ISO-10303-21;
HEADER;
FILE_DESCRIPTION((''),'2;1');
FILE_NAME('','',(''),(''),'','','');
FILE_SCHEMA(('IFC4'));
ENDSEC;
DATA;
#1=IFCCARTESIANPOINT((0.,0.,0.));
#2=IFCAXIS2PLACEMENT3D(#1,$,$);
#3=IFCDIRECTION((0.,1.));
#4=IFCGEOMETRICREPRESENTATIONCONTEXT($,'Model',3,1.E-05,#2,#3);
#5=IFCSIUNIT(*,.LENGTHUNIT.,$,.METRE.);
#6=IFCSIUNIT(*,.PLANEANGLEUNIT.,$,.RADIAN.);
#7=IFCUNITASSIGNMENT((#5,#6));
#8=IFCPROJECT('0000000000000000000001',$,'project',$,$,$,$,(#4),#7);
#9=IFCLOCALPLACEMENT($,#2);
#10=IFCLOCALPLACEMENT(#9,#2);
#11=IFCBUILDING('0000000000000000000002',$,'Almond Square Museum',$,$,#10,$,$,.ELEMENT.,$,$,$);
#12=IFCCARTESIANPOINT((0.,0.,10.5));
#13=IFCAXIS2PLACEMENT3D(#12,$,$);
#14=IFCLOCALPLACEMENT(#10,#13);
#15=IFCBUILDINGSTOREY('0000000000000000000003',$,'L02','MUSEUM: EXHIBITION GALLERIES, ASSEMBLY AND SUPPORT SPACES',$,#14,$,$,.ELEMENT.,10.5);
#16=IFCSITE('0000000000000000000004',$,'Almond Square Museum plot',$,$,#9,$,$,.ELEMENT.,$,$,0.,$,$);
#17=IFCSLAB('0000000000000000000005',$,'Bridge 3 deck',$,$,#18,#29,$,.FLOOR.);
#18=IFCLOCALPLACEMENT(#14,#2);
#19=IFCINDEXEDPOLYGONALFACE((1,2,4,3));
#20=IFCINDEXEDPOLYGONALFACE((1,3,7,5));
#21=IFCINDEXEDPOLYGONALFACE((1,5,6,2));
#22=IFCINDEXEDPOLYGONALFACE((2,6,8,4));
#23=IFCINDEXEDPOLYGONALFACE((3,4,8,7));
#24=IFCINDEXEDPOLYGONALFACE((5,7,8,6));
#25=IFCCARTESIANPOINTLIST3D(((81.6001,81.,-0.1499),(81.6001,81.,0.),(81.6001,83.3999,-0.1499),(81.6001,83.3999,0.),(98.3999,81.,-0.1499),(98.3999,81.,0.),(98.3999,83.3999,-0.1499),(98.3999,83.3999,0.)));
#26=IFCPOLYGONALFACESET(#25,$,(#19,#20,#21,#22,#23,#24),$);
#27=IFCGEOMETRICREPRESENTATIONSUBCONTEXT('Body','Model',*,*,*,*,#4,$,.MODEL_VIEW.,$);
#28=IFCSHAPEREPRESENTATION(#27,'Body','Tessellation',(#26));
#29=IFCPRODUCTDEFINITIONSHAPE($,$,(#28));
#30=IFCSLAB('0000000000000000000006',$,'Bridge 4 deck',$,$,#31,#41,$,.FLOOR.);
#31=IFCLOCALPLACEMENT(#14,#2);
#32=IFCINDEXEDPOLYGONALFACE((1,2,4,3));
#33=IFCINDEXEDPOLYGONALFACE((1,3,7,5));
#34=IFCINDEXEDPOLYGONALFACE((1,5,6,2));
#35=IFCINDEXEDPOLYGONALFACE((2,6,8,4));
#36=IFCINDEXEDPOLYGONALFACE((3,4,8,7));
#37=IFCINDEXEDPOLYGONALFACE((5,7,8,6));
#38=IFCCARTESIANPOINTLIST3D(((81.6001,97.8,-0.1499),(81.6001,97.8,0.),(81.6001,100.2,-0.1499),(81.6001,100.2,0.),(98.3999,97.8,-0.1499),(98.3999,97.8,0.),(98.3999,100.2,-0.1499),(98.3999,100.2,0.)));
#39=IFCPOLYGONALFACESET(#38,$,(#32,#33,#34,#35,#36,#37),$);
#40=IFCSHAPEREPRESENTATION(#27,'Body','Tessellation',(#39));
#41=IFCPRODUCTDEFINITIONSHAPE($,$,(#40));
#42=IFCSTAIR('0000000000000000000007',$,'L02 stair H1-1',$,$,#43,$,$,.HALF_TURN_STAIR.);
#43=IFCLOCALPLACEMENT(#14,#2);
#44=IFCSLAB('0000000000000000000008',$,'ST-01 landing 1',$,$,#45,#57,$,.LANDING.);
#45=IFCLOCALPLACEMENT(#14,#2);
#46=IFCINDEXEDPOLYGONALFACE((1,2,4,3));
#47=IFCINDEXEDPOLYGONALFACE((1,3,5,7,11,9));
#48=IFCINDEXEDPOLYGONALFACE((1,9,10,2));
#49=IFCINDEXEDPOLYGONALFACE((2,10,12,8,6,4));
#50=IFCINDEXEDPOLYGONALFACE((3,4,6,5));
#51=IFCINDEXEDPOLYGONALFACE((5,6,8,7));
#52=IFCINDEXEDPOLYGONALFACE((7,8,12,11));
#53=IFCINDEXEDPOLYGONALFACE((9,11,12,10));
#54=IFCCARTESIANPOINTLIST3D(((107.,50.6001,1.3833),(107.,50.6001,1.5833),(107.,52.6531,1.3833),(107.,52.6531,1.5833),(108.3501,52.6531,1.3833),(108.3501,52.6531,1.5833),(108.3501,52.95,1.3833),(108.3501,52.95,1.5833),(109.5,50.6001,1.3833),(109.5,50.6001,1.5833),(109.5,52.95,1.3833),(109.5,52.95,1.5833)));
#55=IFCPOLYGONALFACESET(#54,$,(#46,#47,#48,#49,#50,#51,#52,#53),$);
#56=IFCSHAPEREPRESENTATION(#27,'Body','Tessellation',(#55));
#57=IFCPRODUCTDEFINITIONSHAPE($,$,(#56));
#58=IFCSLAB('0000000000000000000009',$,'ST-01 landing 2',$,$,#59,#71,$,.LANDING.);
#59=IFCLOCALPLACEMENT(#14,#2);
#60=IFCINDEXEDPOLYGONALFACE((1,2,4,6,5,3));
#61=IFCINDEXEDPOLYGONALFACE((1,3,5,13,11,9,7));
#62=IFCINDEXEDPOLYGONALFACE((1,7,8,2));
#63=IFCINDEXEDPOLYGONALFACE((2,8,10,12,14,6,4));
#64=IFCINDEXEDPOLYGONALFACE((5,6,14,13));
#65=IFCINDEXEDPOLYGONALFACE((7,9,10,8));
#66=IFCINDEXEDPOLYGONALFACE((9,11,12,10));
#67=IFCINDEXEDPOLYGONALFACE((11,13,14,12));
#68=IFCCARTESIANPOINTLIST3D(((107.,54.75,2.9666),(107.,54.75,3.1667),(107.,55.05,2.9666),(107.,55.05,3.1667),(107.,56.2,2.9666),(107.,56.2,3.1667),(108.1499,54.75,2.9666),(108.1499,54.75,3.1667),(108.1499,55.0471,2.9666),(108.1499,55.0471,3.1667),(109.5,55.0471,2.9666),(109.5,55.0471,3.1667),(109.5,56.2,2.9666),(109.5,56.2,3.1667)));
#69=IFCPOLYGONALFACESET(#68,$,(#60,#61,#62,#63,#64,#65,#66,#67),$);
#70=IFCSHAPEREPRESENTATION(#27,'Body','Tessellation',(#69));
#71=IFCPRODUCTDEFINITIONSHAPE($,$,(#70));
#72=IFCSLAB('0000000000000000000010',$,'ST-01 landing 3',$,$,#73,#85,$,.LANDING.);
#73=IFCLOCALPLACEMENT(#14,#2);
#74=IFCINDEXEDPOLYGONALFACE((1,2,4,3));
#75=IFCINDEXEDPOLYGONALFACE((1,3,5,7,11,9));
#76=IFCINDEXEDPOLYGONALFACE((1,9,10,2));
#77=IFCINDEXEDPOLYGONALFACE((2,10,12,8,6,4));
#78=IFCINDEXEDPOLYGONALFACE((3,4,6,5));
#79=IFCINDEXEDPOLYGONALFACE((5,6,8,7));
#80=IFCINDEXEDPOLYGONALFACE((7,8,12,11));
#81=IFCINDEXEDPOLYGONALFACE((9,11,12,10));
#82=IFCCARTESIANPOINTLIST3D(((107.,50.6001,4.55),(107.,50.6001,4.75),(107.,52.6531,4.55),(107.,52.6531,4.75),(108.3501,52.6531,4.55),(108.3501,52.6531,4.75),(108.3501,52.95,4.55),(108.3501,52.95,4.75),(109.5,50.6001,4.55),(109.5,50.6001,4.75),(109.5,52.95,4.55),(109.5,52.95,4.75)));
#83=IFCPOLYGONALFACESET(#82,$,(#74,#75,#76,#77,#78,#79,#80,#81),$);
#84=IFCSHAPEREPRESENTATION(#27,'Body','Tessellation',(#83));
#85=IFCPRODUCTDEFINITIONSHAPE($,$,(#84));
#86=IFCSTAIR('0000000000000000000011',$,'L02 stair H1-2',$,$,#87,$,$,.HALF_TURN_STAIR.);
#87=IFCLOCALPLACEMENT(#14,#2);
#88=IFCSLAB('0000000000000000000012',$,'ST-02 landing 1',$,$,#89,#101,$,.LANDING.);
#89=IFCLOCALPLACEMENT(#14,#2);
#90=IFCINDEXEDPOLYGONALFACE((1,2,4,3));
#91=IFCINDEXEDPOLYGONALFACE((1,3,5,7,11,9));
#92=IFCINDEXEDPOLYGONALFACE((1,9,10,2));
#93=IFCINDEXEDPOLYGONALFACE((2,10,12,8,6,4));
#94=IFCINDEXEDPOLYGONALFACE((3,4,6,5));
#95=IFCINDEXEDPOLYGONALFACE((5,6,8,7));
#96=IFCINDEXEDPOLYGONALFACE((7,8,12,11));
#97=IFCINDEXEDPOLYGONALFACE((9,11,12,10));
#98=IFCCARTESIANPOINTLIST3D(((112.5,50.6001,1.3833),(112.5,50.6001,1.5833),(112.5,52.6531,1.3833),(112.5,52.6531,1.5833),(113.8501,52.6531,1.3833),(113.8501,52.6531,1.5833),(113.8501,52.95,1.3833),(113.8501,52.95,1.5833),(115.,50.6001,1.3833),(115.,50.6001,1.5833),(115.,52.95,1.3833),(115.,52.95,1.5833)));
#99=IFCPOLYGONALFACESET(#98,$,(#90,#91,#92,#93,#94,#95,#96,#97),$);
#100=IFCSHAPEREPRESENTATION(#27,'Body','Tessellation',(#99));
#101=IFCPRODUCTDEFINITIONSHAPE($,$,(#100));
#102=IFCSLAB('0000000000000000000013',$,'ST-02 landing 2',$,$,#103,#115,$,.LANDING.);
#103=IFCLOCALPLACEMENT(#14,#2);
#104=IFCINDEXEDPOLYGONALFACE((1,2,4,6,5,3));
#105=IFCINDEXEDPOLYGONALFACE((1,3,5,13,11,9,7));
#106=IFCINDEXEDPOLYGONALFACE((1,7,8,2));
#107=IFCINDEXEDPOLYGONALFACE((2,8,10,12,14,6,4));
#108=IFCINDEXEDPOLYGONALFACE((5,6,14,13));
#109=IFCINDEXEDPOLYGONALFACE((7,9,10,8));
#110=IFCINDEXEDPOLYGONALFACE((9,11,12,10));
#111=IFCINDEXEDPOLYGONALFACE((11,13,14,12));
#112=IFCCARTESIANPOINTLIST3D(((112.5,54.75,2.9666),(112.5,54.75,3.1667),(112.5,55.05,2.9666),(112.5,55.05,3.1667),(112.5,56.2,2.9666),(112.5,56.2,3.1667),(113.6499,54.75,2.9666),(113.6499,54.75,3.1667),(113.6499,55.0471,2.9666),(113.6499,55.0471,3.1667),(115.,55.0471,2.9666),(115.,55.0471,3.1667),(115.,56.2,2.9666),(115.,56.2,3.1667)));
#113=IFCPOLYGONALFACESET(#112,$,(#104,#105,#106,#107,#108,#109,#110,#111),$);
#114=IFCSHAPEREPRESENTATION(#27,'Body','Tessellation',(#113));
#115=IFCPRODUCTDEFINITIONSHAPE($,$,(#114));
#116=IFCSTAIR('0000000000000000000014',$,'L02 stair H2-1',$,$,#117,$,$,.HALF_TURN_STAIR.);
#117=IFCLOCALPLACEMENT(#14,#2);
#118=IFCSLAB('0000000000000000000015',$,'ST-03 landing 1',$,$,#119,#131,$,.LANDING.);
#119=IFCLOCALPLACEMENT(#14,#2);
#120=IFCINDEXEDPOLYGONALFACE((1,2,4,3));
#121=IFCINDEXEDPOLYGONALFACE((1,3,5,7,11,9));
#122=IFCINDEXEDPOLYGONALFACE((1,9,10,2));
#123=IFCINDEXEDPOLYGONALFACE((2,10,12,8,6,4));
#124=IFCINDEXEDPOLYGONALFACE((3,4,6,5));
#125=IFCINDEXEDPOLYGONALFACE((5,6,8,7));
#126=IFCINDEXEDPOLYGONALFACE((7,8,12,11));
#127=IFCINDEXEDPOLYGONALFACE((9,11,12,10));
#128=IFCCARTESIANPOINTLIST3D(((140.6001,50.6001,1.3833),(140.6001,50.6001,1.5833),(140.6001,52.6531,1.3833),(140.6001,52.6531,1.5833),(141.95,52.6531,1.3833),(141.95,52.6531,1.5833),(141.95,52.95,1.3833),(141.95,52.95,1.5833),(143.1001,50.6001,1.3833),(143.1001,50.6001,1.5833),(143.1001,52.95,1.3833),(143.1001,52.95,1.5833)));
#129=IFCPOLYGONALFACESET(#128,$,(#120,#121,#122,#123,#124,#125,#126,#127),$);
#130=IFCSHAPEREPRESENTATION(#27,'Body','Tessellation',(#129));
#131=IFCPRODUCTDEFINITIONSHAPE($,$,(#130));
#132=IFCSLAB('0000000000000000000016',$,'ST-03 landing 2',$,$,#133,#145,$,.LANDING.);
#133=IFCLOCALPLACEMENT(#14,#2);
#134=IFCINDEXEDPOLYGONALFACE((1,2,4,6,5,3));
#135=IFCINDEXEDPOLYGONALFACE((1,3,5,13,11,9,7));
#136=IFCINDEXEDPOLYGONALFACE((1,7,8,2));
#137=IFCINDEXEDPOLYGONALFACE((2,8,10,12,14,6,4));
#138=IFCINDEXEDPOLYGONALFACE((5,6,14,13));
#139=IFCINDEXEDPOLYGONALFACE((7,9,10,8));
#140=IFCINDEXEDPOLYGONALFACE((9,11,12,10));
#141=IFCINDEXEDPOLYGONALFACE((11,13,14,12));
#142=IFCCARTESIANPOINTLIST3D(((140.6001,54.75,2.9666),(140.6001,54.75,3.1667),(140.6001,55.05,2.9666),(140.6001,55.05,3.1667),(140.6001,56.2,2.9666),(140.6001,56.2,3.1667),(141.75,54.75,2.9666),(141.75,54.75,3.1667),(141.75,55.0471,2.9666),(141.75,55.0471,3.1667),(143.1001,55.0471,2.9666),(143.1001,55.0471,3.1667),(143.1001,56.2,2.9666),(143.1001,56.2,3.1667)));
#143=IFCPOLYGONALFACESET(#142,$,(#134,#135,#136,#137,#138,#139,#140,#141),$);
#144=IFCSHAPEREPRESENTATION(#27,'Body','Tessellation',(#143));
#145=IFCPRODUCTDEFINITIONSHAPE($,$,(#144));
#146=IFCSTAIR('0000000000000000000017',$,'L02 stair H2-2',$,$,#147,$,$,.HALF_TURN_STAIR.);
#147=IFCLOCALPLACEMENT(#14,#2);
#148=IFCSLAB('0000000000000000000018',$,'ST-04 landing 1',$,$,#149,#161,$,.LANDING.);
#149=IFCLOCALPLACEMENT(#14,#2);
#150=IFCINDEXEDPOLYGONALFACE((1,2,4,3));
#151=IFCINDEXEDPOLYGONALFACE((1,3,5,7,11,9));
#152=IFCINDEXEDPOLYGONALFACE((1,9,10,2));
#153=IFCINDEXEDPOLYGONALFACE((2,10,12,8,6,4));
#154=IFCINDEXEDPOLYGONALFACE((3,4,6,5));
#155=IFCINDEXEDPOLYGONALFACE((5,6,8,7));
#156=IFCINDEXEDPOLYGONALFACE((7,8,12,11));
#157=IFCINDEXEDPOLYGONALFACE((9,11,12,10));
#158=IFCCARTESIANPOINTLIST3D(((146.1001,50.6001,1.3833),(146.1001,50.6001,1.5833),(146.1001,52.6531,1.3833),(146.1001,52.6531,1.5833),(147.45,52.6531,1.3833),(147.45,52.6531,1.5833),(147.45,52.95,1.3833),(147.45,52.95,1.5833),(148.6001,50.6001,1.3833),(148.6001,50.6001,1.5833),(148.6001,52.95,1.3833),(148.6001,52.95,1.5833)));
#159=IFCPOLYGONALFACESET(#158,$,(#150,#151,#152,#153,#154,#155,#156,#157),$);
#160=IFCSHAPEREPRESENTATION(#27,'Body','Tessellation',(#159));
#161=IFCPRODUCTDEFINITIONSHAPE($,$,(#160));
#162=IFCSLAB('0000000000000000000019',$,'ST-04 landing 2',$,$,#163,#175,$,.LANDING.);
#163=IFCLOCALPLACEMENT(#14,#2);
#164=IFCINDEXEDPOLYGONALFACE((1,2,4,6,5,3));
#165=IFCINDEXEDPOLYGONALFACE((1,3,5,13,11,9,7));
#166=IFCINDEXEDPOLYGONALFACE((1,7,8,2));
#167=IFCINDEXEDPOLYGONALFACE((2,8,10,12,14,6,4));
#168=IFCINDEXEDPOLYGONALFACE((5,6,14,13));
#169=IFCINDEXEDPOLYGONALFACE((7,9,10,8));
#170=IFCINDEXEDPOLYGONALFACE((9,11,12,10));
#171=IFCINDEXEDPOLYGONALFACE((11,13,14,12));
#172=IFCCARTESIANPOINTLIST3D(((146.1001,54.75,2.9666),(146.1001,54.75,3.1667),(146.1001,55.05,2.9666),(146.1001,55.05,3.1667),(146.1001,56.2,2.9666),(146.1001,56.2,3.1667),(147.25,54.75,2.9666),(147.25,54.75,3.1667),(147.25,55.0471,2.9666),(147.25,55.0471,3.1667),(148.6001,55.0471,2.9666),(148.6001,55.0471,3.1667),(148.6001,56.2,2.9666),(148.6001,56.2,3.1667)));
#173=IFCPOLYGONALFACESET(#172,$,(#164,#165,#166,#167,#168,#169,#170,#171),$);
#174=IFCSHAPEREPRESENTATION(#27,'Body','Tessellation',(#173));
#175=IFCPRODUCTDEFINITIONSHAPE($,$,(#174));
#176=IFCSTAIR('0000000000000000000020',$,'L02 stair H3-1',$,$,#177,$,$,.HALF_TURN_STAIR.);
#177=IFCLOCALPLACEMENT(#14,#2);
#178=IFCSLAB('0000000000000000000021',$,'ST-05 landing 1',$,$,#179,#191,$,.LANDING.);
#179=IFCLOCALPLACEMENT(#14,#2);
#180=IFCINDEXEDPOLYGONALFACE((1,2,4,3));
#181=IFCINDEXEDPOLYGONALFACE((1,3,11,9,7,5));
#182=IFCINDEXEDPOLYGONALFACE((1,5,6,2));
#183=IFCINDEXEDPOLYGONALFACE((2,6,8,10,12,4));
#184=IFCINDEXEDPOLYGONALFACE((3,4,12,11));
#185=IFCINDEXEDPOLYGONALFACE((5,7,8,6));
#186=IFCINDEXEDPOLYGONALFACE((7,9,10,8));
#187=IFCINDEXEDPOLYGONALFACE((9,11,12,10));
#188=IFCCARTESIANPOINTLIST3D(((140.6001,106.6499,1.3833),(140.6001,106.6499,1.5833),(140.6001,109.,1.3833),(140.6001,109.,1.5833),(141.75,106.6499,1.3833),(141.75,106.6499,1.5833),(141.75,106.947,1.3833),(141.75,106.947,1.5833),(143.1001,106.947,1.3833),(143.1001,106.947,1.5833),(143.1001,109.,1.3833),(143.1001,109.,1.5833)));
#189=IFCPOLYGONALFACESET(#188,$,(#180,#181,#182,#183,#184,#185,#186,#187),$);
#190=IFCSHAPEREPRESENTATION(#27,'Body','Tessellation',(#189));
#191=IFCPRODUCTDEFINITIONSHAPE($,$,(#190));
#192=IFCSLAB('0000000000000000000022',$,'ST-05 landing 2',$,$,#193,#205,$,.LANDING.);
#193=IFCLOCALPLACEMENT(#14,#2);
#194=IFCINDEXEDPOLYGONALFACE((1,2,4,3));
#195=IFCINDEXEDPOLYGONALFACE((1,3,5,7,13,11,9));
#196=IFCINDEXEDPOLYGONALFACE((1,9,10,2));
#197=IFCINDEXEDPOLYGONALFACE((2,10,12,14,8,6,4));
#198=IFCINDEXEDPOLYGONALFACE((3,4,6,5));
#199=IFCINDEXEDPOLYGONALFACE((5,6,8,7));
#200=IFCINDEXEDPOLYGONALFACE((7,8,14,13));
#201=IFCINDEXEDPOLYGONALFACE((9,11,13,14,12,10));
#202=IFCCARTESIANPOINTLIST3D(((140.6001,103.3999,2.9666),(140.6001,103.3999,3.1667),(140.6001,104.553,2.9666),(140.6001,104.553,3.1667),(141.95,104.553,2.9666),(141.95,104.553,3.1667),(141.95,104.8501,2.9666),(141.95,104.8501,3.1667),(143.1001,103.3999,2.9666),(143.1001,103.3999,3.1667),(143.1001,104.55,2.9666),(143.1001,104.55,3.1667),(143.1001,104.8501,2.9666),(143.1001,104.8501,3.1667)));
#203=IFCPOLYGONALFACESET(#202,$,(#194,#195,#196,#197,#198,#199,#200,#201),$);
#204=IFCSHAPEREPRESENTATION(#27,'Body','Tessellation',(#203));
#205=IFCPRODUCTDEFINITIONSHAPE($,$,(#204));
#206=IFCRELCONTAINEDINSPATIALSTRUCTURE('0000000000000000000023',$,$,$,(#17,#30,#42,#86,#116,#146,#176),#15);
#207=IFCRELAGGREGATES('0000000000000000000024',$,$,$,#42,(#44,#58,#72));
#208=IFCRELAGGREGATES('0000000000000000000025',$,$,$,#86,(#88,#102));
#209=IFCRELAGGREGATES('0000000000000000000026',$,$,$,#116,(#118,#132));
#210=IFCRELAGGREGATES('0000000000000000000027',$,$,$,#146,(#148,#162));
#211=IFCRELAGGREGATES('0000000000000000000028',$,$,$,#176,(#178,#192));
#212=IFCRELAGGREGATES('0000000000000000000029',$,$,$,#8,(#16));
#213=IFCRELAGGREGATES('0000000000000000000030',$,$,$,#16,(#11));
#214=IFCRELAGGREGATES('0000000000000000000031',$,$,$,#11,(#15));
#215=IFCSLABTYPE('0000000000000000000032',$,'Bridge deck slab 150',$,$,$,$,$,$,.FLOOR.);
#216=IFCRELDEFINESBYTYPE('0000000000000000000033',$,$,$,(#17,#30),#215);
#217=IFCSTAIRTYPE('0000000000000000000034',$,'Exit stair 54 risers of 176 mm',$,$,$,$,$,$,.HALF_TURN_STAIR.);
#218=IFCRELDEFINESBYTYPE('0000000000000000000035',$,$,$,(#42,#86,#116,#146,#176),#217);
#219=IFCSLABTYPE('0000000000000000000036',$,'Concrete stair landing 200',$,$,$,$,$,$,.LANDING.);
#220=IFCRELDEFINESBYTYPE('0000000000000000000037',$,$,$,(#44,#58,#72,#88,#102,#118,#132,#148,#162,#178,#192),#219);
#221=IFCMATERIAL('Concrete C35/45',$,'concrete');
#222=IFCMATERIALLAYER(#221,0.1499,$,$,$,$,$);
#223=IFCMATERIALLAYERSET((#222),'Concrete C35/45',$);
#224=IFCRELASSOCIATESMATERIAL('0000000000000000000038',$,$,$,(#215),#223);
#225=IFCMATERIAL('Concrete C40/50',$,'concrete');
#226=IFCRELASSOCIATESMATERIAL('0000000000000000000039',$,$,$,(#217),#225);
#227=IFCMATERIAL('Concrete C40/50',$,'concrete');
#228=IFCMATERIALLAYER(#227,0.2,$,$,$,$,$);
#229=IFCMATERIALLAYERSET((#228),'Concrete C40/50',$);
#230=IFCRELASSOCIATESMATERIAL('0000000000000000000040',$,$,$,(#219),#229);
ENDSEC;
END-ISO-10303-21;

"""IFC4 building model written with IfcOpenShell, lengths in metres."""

from ifc_helpers import new_model, si_unit, direction, frame, origin, place, context, subcontext, project, spatial, polyline, outline, extrude, material, layer, layer_set, type_object, element, aggregate, save


model = new_model("IFC4")

# Units and contexts
model_context = context("Model", 3, precision=1e-05, world=origin(), true_north=direction((0.0, 1.0)))
body_context = subcontext(model_context, "Body", "Model", "MODEL_VIEW")
ifc_project = project(units=[si_unit("LENGTHUNIT", "METRE"), si_unit("PLANEANGLEUNIT", "RADIAN")], contexts=[model_context])

# Site, building, storey
site_placement = place(None, origin())
site = spatial("IfcSite", under=ifc_project, at=site_placement, Name="Almond Square Museum plot", CompositionType="ELEMENT", RefElevation=0.0)
building_placement = place(site_placement, origin())
building = spatial("IfcBuilding", under=site, at=building_placement, Name="Almond Square Museum", CompositionType="ELEMENT")
storey_placement = place(building_placement, frame((0.0, 0.0, 10.5)))
storey = spatial("IfcBuildingStorey", under=building, at=storey_placement, Name="L02", Description="MUSEUM: EXHIBITION GALLERIES, ASSEMBLY AND SUPPORT SPACES", CompositionType="ELEMENT", Elevation=10.5)

# Slabs
ifc_material_1 = material(Name="Concrete C35/45", Category="concrete")
ifc_layer_1 = layer(ifc_material_1, 0.1499)
ifc_layer_set_1 = layer_set([ifc_layer_1], Name="Concrete C35/45")
slab_type_1 = type_object("IfcSlabType", Name="Bridge deck slab 150", PredefinedType="FLOOR", material=ifc_layer_set_1)
slab_1_placement = place(storey_placement, frame((0.0, 0.0, -0.1499)))
element("IfcSlab", 1, at=slab_1_placement, inside=storey, type_object=slab_type_1, Name="Bridge 3 deck", PredefinedType="FLOOR", context=body_context, shape_type="SweptSolid", body=[
    extrude(outline(polyline([(81.6001, 81.0), (98.3999, 81.0), (98.3999, 83.3999), (81.6001, 83.3999), (81.6001, 81.0)])), origin(), (0.0, 0.0, 1.0), 0.1499),
])
slab_2_placement = place(storey_placement, frame((0.0, 0.0, -0.1499)))
element("IfcSlab", 2, at=slab_2_placement, inside=storey, type_object=slab_type_1, Name="Bridge 4 deck", PredefinedType="FLOOR", context=body_context, shape_type="SweptSolid", body=[
    extrude(outline(polyline([(81.6001, 97.8), (98.3999, 97.8), (98.3999, 100.2), (81.6001, 100.2), (81.6001, 97.8)])), origin(), (0.0, 0.0, 1.0), 0.1499),
])

# Stairs, slabs
ifc_material_2 = material(Name="Concrete C40/50", Category="concrete")
stair_type = type_object("IfcStairType", Name="Exit stair 54 risers of 176 mm", PredefinedType="HALF_TURN_STAIR", material=ifc_material_2)
stair_1_placement = place(storey_placement, origin())
stair_1 = element("IfcStair", 3, at=stair_1_placement, inside=storey, type_object=stair_type, Name="L02 stair H1-1", PredefinedType="HALF_TURN_STAIR")
ifc_material_3 = material(Name="Concrete C40/50", Category="concrete")
ifc_layer_2 = layer(ifc_material_3, 0.2)
ifc_layer_set_2 = layer_set([ifc_layer_2], Name="Concrete C40/50")
slab_type_2 = type_object("IfcSlabType", Name="Concrete stair landing 200", PredefinedType="LANDING", material=ifc_layer_set_2)
slab_3_placement = place(storey_placement, frame((0.0, 0.0, 1.3833)))
slab_3 = element("IfcSlab", 4, at=slab_3_placement, type_object=slab_type_2, Name="ST-01 landing 1", PredefinedType="LANDING", context=body_context, shape_type="SweptSolid", body=[
    extrude(outline(polyline([(107.0, 52.6531), (107.0, 50.6001), (109.5, 50.6001), (109.5, 52.95), (108.3501, 52.95), (108.3501, 52.6531), (107.0, 52.6531)])), origin(), (0.0, 0.0, 1.0), 0.2),
])
slab_4_placement = place(storey_placement, frame((0.0, 0.0, 2.9666)))
slab_4 = element("IfcSlab", 5, at=slab_4_placement, type_object=slab_type_2, Name="ST-01 landing 2", PredefinedType="LANDING", context=body_context, shape_type="SweptSolid", body=[
    extrude(outline(polyline([(107.0, 56.2), (107.0, 55.05), (107.0, 54.75), (108.1499, 54.75), (108.1499, 55.0471), (109.5, 55.0471), (109.5, 56.2), (107.0, 56.2)])), origin(), (0.0, 0.0, 1.0), 0.2002),
])
slab_5_placement = place(storey_placement, frame((0.0, 0.0, 4.55)))
slab_5 = element("IfcSlab", 6, at=slab_5_placement, type_object=slab_type_2, Name="ST-01 landing 3", PredefinedType="LANDING", context=body_context, shape_type="SweptSolid", body=[
    extrude(outline(polyline([(107.0, 52.6531), (107.0, 50.6001), (109.5, 50.6001), (109.5, 52.95), (108.3501, 52.95), (108.3501, 52.6531), (107.0, 52.6531)])), origin(), (0.0, 0.0, 1.0), 0.2),
])
aggregate(stair_1, [slab_3, slab_4, slab_5])
stair_2_placement = place(storey_placement, origin())
stair_2 = element("IfcStair", 7, at=stair_2_placement, inside=storey, type_object=stair_type, Name="L02 stair H1-2", PredefinedType="HALF_TURN_STAIR")
slab_6_placement = place(storey_placement, frame((0.0, 0.0, 1.3833)))
slab_6 = element("IfcSlab", 8, at=slab_6_placement, type_object=slab_type_2, Name="ST-02 landing 1", PredefinedType="LANDING", context=body_context, shape_type="SweptSolid", body=[
    extrude(outline(polyline([(112.5, 52.6531), (112.5, 50.6001), (115.0, 50.6001), (115.0, 52.95), (113.8501, 52.95), (113.8501, 52.6531), (112.5, 52.6531)])), origin(), (0.0, 0.0, 1.0), 0.2),
])
slab_7_placement = place(storey_placement, frame((0.0, 0.0, 2.9666)))
slab_7 = element("IfcSlab", 9, at=slab_7_placement, type_object=slab_type_2, Name="ST-02 landing 2", PredefinedType="LANDING", context=body_context, shape_type="SweptSolid", body=[
    extrude(outline(polyline([(112.5, 56.2), (112.5, 55.05), (112.5, 54.75), (113.6499, 54.75), (113.6499, 55.0471), (115.0, 55.0471), (115.0, 56.2), (112.5, 56.2)])), origin(), (0.0, 0.0, 1.0), 0.2002),
])
aggregate(stair_2, [slab_6, slab_7])
stair_3_placement = place(storey_placement, origin())
stair_3 = element("IfcStair", 10, at=stair_3_placement, inside=storey, type_object=stair_type, Name="L02 stair H2-1", PredefinedType="HALF_TURN_STAIR")
slab_8_placement = place(storey_placement, frame((0.0, 0.0, 1.3833)))
slab_8 = element("IfcSlab", 11, at=slab_8_placement, type_object=slab_type_2, Name="ST-03 landing 1", PredefinedType="LANDING", context=body_context, shape_type="SweptSolid", body=[
    extrude(outline(polyline([(140.6001, 52.6531), (140.6001, 50.6001), (143.1001, 50.6001), (143.1001, 52.95), (141.95, 52.95), (141.95, 52.6531), (140.6001, 52.6531)])), origin(), (0.0, 0.0, 1.0), 0.2),
])
slab_9_placement = place(storey_placement, frame((0.0, 0.0, 2.9666)))
slab_9 = element("IfcSlab", 12, at=slab_9_placement, type_object=slab_type_2, Name="ST-03 landing 2", PredefinedType="LANDING", context=body_context, shape_type="SweptSolid", body=[
    extrude(outline(polyline([(140.6001, 56.2), (140.6001, 55.05), (140.6001, 54.75), (141.75, 54.75), (141.75, 55.0471), (143.1001, 55.0471), (143.1001, 56.2), (140.6001, 56.2)])), origin(), (0.0, 0.0, 1.0), 0.2002),
])
aggregate(stair_3, [slab_8, slab_9])
stair_4_placement = place(storey_placement, origin())
stair_4 = element("IfcStair", 13, at=stair_4_placement, inside=storey, type_object=stair_type, Name="L02 stair H2-2", PredefinedType="HALF_TURN_STAIR")
slab_10_placement = place(storey_placement, frame((0.0, 0.0, 1.3833)))
slab_10 = element("IfcSlab", 14, at=slab_10_placement, type_object=slab_type_2, Name="ST-04 landing 1", PredefinedType="LANDING", context=body_context, shape_type="SweptSolid", body=[
    extrude(outline(polyline([(146.1001, 52.6531), (146.1001, 50.6001), (148.6001, 50.6001), (148.6001, 52.95), (147.45, 52.95), (147.45, 52.6531), (146.1001, 52.6531)])), origin(), (0.0, 0.0, 1.0), 0.2),
])
slab_11_placement = place(storey_placement, frame((0.0, 0.0, 2.9666)))
slab_11 = element("IfcSlab", 15, at=slab_11_placement, type_object=slab_type_2, Name="ST-04 landing 2", PredefinedType="LANDING", context=body_context, shape_type="SweptSolid", body=[
    extrude(outline(polyline([(146.1001, 56.2), (146.1001, 55.05), (146.1001, 54.75), (147.25, 54.75), (147.25, 55.0471), (148.6001, 55.0471), (148.6001, 56.2), (146.1001, 56.2)])), origin(), (0.0, 0.0, 1.0), 0.2002),
])
aggregate(stair_4, [slab_10, slab_11])
stair_5_placement = place(storey_placement, origin())
stair_5 = element("IfcStair", 16, at=stair_5_placement, inside=storey, type_object=stair_type, Name="L02 stair H3-1", PredefinedType="HALF_TURN_STAIR")
slab_12_placement = place(storey_placement, frame((0.0, 0.0, 1.3833)))
slab_12 = element("IfcSlab", 17, at=slab_12_placement, type_object=slab_type_2, Name="ST-05 landing 1", PredefinedType="LANDING", context=body_context, shape_type="SweptSolid", body=[
    extrude(outline(polyline([(143.1001, 106.947), (143.1001, 109.0), (140.6001, 109.0), (140.6001, 106.6499), (141.75, 106.6499), (141.75, 106.947), (143.1001, 106.947)])), origin(), (0.0, 0.0, 1.0), 0.2),
])
slab_13_placement = place(storey_placement, frame((0.0, 0.0, 2.9666)))
slab_13 = element("IfcSlab", 18, at=slab_13_placement, type_object=slab_type_2, Name="ST-05 landing 2", PredefinedType="LANDING", context=body_context, shape_type="SweptSolid", body=[
    extrude(outline(polyline([(143.1001, 103.3999), (143.1001, 104.55), (143.1001, 104.8501), (141.95, 104.8501), (141.95, 104.553), (140.6001, 104.553), (140.6001, 103.3999), (143.1001, 103.3999)])), origin(), (0.0, 0.0, 1.0), 0.2002),
])
aggregate(stair_5, [slab_12, slab_13])

save(model, "model.ifc")
